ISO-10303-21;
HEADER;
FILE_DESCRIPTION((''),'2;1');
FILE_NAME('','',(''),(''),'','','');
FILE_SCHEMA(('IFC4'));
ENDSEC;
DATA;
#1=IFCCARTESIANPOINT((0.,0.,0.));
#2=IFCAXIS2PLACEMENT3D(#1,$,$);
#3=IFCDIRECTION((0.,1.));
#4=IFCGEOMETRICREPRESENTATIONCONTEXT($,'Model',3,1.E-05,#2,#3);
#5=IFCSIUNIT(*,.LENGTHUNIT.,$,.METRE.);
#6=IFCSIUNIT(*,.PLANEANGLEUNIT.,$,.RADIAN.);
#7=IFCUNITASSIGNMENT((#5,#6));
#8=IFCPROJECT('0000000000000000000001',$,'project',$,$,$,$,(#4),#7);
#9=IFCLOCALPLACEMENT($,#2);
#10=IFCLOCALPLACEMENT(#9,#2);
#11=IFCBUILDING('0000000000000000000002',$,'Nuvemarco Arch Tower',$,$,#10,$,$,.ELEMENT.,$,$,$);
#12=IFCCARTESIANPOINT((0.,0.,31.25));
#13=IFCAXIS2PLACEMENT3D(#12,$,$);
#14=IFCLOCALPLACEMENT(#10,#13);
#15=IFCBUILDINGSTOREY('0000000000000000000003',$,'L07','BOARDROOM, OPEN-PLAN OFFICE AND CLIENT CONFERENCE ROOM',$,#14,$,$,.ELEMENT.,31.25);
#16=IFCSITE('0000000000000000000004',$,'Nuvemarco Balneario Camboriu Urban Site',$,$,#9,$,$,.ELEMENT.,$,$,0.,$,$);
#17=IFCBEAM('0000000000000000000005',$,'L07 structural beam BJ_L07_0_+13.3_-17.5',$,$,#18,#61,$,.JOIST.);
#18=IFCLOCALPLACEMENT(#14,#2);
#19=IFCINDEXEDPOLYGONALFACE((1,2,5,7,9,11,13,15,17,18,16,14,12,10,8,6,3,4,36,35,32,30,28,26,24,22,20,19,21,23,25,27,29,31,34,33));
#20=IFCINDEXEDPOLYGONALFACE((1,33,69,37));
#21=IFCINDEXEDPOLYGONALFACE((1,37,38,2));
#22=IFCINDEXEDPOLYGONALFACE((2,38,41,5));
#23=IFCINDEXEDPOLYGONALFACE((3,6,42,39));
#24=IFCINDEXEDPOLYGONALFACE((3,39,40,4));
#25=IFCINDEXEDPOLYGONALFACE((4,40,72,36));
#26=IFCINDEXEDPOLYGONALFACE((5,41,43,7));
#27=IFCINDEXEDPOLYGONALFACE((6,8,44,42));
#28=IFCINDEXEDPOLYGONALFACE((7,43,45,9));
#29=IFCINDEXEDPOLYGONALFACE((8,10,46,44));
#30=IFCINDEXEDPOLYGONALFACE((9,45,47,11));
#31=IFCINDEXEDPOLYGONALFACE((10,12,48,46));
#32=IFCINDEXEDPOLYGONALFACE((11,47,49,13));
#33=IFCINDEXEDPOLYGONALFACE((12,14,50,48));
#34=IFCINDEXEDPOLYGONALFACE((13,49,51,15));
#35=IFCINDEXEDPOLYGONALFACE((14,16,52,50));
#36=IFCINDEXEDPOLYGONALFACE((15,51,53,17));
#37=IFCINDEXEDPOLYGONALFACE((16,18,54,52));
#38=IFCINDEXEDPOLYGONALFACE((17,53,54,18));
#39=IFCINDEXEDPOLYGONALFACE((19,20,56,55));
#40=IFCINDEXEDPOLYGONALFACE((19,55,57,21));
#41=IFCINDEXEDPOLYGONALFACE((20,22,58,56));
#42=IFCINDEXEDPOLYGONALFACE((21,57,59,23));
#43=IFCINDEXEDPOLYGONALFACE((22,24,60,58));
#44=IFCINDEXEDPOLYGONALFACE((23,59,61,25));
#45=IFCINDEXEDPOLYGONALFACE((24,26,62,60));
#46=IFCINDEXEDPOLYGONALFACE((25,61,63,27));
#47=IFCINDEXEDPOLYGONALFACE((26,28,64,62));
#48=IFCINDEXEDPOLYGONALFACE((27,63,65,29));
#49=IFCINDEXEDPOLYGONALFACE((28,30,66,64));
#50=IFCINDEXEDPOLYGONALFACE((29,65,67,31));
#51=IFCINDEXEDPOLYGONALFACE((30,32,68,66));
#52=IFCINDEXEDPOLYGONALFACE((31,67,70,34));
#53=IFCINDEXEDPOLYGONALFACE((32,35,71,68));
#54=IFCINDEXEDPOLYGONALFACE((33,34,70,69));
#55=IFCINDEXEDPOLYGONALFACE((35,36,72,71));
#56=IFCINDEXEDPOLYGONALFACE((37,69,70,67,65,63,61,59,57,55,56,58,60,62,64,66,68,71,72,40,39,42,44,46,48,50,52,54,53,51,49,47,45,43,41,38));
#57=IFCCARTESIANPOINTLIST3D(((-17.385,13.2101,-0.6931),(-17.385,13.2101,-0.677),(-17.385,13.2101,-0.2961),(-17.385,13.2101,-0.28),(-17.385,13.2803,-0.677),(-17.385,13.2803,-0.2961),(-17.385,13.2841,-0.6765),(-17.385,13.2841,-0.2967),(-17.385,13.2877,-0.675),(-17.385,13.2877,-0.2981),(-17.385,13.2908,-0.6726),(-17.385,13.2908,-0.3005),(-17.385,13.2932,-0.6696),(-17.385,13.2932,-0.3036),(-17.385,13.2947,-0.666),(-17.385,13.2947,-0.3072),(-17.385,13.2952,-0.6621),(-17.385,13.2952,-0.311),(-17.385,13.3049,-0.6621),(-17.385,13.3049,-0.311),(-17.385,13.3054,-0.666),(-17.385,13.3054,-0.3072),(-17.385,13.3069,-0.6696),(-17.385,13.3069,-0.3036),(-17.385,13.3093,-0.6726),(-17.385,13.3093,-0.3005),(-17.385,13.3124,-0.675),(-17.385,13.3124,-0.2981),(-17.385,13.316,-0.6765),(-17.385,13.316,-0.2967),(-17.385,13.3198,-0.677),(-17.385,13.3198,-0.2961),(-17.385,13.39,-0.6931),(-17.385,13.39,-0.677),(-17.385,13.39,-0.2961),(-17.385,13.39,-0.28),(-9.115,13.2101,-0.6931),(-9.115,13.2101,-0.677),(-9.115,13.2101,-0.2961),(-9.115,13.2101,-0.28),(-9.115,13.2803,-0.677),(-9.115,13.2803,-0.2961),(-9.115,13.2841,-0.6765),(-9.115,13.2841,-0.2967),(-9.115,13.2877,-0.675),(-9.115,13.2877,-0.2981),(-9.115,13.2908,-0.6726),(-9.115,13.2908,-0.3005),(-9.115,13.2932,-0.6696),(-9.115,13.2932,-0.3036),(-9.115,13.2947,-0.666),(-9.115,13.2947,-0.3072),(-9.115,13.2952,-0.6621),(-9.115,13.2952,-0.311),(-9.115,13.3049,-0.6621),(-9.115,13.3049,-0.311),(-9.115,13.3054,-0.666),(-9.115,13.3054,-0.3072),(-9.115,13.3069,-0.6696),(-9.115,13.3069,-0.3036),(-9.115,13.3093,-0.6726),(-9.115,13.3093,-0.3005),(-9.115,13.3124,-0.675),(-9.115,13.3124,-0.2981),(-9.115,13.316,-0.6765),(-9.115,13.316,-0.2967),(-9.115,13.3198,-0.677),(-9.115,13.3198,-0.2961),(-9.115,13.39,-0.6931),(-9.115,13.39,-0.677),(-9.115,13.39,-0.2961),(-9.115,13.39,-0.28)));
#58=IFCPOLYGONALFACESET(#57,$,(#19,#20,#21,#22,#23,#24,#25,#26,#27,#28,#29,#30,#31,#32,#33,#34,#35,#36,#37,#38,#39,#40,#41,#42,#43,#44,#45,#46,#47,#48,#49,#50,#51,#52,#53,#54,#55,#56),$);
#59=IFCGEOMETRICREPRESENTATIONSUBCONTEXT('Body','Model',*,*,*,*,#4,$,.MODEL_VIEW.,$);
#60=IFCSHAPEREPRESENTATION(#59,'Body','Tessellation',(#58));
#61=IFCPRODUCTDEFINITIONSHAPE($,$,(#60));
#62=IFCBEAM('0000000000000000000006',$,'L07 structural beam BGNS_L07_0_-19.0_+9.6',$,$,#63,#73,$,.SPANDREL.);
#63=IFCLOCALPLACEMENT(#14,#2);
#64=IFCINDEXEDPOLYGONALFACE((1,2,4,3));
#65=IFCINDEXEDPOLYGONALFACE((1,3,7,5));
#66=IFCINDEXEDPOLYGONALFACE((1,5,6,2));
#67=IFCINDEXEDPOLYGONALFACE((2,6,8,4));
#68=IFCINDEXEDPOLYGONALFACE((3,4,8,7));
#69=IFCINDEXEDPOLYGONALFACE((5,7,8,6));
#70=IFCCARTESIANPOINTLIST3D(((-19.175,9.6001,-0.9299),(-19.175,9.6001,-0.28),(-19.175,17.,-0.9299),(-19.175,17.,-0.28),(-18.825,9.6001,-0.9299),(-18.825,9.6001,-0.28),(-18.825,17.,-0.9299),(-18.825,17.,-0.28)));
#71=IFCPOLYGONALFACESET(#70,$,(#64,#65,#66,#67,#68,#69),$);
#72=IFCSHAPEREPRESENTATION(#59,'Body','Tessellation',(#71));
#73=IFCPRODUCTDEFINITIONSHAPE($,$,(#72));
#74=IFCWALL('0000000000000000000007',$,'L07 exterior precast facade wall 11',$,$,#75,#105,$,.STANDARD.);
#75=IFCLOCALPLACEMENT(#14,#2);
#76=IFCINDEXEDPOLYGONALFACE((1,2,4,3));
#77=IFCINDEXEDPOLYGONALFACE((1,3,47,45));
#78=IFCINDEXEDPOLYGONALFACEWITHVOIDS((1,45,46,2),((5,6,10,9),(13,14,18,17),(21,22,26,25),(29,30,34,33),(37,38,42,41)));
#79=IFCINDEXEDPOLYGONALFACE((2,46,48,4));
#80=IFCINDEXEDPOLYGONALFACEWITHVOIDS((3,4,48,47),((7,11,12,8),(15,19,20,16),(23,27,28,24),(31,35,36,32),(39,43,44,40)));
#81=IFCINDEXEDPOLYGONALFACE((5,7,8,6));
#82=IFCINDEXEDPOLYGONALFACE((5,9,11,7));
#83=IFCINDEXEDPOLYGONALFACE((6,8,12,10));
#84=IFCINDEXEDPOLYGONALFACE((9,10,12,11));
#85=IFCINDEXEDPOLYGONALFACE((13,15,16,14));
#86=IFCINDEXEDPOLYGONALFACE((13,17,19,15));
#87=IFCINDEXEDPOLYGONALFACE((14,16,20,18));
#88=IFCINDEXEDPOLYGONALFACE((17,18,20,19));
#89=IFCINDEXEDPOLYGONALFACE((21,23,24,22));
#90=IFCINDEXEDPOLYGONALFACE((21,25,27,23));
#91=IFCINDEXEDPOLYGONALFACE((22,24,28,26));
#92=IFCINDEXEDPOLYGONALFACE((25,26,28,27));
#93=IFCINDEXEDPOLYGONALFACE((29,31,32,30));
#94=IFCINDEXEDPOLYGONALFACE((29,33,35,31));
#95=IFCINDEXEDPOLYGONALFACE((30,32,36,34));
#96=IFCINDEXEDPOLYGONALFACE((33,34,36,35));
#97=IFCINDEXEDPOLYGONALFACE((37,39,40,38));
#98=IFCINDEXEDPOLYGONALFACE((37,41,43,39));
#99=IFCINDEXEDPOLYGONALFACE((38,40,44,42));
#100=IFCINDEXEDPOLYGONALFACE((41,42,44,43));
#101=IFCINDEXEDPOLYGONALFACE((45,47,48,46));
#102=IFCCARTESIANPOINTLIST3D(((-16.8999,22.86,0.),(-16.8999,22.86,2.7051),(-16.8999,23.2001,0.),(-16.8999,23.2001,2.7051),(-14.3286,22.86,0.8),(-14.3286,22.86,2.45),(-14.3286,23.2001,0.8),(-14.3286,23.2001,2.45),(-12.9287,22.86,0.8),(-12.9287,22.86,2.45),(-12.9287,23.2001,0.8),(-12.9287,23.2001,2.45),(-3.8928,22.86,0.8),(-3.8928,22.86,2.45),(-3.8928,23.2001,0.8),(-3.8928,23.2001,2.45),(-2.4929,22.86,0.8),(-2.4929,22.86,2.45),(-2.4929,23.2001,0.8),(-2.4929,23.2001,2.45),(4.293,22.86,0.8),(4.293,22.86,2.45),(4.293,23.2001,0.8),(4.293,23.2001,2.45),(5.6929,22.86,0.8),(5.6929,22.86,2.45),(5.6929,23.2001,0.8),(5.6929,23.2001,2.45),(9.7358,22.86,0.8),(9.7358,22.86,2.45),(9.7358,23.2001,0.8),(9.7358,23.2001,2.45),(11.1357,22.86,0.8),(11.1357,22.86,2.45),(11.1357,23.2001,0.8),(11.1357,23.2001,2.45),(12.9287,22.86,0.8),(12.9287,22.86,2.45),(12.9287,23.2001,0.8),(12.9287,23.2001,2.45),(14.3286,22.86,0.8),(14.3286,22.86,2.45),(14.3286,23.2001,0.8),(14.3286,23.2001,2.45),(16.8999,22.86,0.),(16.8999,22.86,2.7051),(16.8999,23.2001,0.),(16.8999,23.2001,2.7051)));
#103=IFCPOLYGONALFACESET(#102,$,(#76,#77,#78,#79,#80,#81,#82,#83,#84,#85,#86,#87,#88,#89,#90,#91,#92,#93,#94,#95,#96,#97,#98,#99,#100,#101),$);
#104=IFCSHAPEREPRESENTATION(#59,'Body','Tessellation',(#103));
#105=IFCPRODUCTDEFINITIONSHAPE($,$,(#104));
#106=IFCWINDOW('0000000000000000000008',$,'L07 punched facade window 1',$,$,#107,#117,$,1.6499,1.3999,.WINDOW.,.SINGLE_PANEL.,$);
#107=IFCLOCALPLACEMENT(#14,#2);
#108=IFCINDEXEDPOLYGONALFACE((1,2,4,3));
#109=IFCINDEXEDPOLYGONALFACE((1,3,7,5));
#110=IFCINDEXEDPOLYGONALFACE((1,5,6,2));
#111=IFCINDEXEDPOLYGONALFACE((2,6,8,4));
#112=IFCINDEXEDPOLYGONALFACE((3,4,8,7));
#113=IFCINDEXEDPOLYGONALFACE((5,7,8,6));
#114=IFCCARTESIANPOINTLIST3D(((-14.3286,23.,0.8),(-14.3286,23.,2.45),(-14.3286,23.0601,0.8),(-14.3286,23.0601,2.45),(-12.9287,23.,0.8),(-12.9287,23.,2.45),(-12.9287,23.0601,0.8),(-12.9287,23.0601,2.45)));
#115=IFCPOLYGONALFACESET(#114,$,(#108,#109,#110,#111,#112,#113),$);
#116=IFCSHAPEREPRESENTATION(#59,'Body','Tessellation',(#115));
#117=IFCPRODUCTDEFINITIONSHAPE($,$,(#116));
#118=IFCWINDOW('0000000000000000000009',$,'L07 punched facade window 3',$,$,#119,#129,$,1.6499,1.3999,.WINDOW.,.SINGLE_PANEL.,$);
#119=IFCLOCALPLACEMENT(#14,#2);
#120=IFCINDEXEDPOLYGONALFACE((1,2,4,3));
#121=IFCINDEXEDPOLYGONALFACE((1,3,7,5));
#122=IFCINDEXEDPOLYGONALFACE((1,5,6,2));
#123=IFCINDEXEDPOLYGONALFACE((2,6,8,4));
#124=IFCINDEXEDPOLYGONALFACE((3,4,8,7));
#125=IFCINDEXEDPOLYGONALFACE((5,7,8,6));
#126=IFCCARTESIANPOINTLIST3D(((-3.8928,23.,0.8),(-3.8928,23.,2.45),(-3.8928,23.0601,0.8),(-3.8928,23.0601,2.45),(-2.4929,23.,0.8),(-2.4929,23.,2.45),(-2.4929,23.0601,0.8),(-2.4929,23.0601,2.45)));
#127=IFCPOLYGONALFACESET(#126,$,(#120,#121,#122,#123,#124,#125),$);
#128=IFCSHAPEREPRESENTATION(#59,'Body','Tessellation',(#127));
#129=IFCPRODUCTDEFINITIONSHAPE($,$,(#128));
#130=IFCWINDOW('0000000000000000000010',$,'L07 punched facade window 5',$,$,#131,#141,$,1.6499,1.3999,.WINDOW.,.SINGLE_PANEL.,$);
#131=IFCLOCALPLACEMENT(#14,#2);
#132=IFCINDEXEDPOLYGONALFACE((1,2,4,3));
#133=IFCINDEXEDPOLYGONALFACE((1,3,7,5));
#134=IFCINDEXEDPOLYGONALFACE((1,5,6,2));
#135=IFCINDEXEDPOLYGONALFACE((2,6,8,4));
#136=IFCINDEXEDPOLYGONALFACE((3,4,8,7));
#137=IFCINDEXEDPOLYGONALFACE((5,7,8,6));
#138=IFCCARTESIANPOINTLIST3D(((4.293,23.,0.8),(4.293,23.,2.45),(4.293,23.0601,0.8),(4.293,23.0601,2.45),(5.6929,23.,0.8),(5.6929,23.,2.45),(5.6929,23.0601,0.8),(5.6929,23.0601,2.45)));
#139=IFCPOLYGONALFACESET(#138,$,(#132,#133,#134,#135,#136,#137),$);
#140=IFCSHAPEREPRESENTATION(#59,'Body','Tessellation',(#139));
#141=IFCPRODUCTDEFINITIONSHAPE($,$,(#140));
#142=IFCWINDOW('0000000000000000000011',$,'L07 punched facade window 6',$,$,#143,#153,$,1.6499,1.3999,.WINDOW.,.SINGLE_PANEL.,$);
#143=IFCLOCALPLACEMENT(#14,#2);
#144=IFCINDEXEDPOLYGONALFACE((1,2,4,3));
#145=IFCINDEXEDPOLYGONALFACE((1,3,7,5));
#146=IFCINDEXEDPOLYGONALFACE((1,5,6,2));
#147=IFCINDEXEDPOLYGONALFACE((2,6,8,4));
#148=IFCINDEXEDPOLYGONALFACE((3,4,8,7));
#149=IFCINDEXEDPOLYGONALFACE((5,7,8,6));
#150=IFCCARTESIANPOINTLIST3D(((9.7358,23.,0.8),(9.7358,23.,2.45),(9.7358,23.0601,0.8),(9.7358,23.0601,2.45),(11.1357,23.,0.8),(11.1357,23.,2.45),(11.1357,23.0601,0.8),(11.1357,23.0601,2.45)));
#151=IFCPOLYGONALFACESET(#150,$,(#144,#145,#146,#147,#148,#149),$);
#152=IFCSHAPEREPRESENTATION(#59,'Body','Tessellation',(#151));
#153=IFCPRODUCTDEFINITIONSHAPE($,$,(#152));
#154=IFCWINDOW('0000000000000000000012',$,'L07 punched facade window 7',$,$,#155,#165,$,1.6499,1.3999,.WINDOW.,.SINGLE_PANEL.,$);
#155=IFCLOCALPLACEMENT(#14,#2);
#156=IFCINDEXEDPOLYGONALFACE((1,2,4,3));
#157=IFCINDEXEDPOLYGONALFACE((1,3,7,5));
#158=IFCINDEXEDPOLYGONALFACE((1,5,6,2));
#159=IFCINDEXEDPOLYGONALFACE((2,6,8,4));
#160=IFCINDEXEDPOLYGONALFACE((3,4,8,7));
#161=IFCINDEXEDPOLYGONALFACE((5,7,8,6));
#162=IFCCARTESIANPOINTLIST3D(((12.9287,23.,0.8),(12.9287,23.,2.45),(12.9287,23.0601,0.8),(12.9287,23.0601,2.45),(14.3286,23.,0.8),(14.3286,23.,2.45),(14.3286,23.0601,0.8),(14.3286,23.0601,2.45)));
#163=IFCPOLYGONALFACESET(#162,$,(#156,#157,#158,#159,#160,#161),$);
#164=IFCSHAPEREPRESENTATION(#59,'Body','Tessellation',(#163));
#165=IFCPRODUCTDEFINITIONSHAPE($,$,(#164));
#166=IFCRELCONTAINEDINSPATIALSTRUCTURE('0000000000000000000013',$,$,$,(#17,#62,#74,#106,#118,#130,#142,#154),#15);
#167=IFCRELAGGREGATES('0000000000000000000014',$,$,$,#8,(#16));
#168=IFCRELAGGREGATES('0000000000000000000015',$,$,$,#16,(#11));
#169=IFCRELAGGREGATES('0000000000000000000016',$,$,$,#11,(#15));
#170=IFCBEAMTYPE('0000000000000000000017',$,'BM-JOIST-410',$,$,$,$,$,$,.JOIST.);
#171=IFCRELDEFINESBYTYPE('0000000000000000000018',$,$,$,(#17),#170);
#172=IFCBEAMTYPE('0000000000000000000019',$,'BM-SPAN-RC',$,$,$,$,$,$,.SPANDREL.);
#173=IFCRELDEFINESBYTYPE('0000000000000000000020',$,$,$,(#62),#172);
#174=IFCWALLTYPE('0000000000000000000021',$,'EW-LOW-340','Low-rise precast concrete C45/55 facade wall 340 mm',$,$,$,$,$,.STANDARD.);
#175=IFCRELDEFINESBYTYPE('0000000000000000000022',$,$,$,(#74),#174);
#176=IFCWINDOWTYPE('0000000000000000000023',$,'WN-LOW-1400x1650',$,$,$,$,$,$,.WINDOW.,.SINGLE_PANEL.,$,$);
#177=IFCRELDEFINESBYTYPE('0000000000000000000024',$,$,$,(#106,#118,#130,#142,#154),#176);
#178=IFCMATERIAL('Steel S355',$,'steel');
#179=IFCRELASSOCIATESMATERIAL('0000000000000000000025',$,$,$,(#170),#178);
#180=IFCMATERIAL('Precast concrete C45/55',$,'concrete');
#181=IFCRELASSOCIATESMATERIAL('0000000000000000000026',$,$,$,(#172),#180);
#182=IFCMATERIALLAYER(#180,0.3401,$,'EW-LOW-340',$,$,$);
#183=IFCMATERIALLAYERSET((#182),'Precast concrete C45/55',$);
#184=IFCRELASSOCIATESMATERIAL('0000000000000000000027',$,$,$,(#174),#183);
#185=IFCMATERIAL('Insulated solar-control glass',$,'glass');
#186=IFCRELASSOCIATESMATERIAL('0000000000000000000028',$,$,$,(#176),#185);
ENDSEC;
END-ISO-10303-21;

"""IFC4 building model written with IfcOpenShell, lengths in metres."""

from ifc_helpers import new_model, si_unit, direction, frame, frame_2d, origin, origin_2d, place, context, subcontext, project, spatial, rectangle, i_section, extrude, source, transform, mapped, material, layer, layer_set, material_profile, profile_set, type_object, type_shapes, element, fill, save


model = new_model("IFC4")

# Units and contexts
model_context = context("Model", 3, precision=1e-05, world=origin(), true_north=direction((0.0, 1.0)))
body_context = subcontext(model_context, "Body", "Model", "MODEL_VIEW")
ifc_project = project(units=[si_unit("LENGTHUNIT", "METRE"), si_unit("PLANEANGLEUNIT", "RADIAN")], contexts=[model_context])

# Site, building, storey
site_placement = place(None, origin())
site = spatial("IfcSite", under=ifc_project, at=site_placement, Name="Nuvemarco Balneario Camboriu Urban Site", CompositionType="ELEMENT", RefElevation=0.0)
building_placement = place(site_placement, origin())
building = spatial("IfcBuilding", under=site, at=building_placement, Name="Nuvemarco Arch Tower", CompositionType="ELEMENT")
storey_placement = place(building_placement, frame((0.0, 0.0, 31.25)))
storey = spatial("IfcBuildingStorey", under=building, at=storey_placement, Name="L07", Description="BOARDROOM, OPEN-PLAN OFFICE AND CLIENT CONFERENCE ROOM", CompositionType="ELEMENT", Elevation=31.25)

# Shared definitions
ifc_material_1 = material(Name="Steel S355", Category="steel")

# Beams
ifc_material_profile_1 = material_profile(ifc_material_1, i_section(OverallWidth=0.1799, OverallDepth=0.4131, WebThickness=0.0098, FlangeThickness=0.0161, FilletRadius=0.0149, at=origin_2d()), Name="W410x75")
ifc_profile_set_1 = profile_set([ifc_material_profile_1], Name="Steel S355")
beam_type_1 = type_object("IfcBeamType", Name="BM-JOIST-410", PredefinedType="JOIST", material=ifc_profile_set_1)
beam_1_placement = place(storey_placement, frame((-17.385, 13.3, -0.4866), z_axis=(1.0, 0.0, 0.0), x_axis=(0.0, 1.0, 0.0)))
element("IfcBeam", 1, at=beam_1_placement, inside=storey, type_object=beam_type_1, Name="L07 structural beam BJ_L07_0_+13.3_-17.5", PredefinedType="JOIST", context=body_context, shape_type="SweptSolid", body=[
    extrude(i_section(OverallWidth=0.1799, OverallDepth=0.4131, WebThickness=0.0098, FlangeThickness=0.0161, FilletRadius=0.0149, at=origin_2d()), origin(), (0.0, 0.0, 1.0), 8.27),
])
ifc_material_2 = material(Name="Precast concrete C45/55", Category="concrete")
ifc_material_profile_2 = material_profile(ifc_material_2, rectangle(XDim=0.3501, YDim=0.6499, at=origin_2d()), Name="PC-SP-350x650")
ifc_profile_set_2 = profile_set([ifc_material_profile_2], Name="Precast concrete C45/55")
beam_type_2 = type_object("IfcBeamType", Name="BM-SPAN-RC", PredefinedType="SPANDREL", material=ifc_profile_set_2)
beam_2_placement = place(storey_placement, frame((-19.0, 9.6001, -0.605), z_axis=(0.0, 1.0, 0.0), x_axis=(-1.0, 0.0, 0.0)))
element("IfcBeam", 2, at=beam_2_placement, inside=storey, type_object=beam_type_2, Name="L07 structural beam BGNS_L07_0_-19.0_+9.6", PredefinedType="SPANDREL", context=body_context, shape_type="SweptSolid", body=[
    extrude(rectangle(XDim=0.3501, YDim=0.6499, at=origin_2d()), origin(), (0.0, 0.0, 1.0), 7.3999),
])

# Wall, openings, windows
ifc_layer_1 = layer(ifc_material_2, 0.3401, Name="EW-LOW-340")
ifc_layer_set_1 = layer_set([ifc_layer_1], Name="Precast concrete C45/55")
wall_type_1 = type_object("IfcWallType", Name="EW-LOW-340", Description="Low-rise precast concrete C45/55 facade wall 340 mm", PredefinedType="STANDARD", material=ifc_layer_set_1)
wall_1_placement = place(storey_placement, frame((-16.8999, 23.03, 0.0), z_axis=(0.0, 0.0, 1.0), x_axis=(1.0, 0.0, 0.0)))
wall_1 = element("IfcWall", 3, at=wall_1_placement, inside=storey, type_object=wall_type_1, Name="L07 exterior precast facade wall 11", PredefinedType="STANDARD", context=body_context, shape_type="SweptSolid", body=[
    extrude(rectangle(XDim=33.7998, YDim=0.3401, at=frame_2d((16.8999, 0.0))), origin(), (0.0, 0.0, 1.0), 2.7051),
])
opening_1_placement = place(wall_1_placement, frame((2.5713, 0.0, 0.8)))
opening_1 = element("IfcOpeningElement", 4, at=opening_1_placement, cuts=wall_1, PredefinedType="OPENING", context=body_context, shape_type="SweptSolid", body=[
    extrude(rectangle(XDim=1.3999, YDim=1.6499, at=frame_2d((0.7, 0.825))), frame((0.0, 0.1799, 0.0), z_axis=(0.0, -1.0, 0.0), x_axis=(1.0, 0.0, 0.0)), (0.0, 0.0, 1.0), 0.3601),
])
opening_2_placement = place(wall_1_placement, frame((13.0071, 0.0, 0.8)))
opening_2 = element("IfcOpeningElement", 5, at=opening_2_placement, cuts=wall_1, PredefinedType="OPENING", context=body_context, shape_type="SweptSolid", body=[
    extrude(rectangle(XDim=1.3999, YDim=1.6499, at=frame_2d((0.7, 0.825))), frame((0.0, 0.1799, 0.0), z_axis=(0.0, -1.0, 0.0), x_axis=(1.0, 0.0, 0.0)), (0.0, 0.0, 1.0), 0.3601),
])
opening_3_placement = place(wall_1_placement, frame((21.1929, 0.0, 0.8)))
opening_3 = element("IfcOpeningElement", 6, at=opening_3_placement, cuts=wall_1, PredefinedType="OPENING", context=body_context, shape_type="SweptSolid", body=[
    extrude(rectangle(XDim=1.3999, YDim=1.6499, at=frame_2d((0.7, 0.825))), frame((0.0, 0.1799, 0.0), z_axis=(0.0, -1.0, 0.0), x_axis=(1.0, 0.0, 0.0)), (0.0, 0.0, 1.0), 0.3601),
])
opening_4_placement = place(wall_1_placement, frame((26.6357, 0.0, 0.8)))
opening_4 = element("IfcOpeningElement", 7, at=opening_4_placement, cuts=wall_1, PredefinedType="OPENING", context=body_context, shape_type="SweptSolid", body=[
    extrude(rectangle(XDim=1.3999, YDim=1.6499, at=frame_2d((0.7, 0.825))), frame((0.0, 0.1799, 0.0), z_axis=(0.0, -1.0, 0.0), x_axis=(1.0, 0.0, 0.0)), (0.0, 0.0, 1.0), 0.3601),
])
opening_5_placement = place(wall_1_placement, frame((29.8286, 0.0, 0.8)))
opening_5 = element("IfcOpeningElement", 8, at=opening_5_placement, cuts=wall_1, PredefinedType="OPENING", context=body_context, shape_type="SweptSolid", body=[
    extrude(rectangle(XDim=1.3999, YDim=1.6499, at=frame_2d((0.7, 0.825))), frame((0.0, 0.1799, 0.0), z_axis=(0.0, -1.0, 0.0), x_axis=(1.0, 0.0, 0.0)), (0.0, 0.0, 1.0), 0.3601),
])
ifc_material_3 = material(Name="Insulated solar-control glass", Category="glass")
window_type = type_object("IfcWindowType", Name="WN-LOW-1400x1650", PartitioningType="SINGLE_PANEL", PredefinedType="WINDOW", material=ifc_material_3)
shared_shape_1 = source(origin(), body_context, "Body", "SweptSolid", [
    extrude(rectangle(XDim=1.3999, YDim=1.6499, at=frame_2d((0.7, 0.825))), frame((0.0, 0.03, 0.0), z_axis=(0.0, -1.0, 0.0), x_axis=(1.0, 0.0, 0.0)), (0.0, 0.0, 1.0), 0.0601),
])
type_shapes(window_type, [shared_shape_1])
window_1_placement = place(opening_1_placement, origin())
window_1 = element("IfcWindow", 9, at=window_1_placement, inside=storey, type_object=window_type, Name="L07 punched facade window 1", OverallHeight=1.6499, OverallWidth=1.3999, PartitioningType="SINGLE_PANEL", PredefinedType="WINDOW", context=body_context, shape_type="MappedRepresentation", body=[
    mapped(shared_shape_1, transform((0.0, 0.0, 0.0), scale=1.0)),
])
fill(opening_1, window_1)
window_2_placement = place(opening_2_placement, origin())
window_2 = element("IfcWindow", 10, at=window_2_placement, inside=storey, type_object=window_type, Name="L07 punched facade window 3", OverallHeight=1.6499, OverallWidth=1.3999, PartitioningType="SINGLE_PANEL", PredefinedType="WINDOW", context=body_context, shape_type="MappedRepresentation", body=[
    mapped(shared_shape_1, transform((0.0, 0.0, 0.0), scale=1.0)),
])
fill(opening_2, window_2)
window_3_placement = place(opening_3_placement, origin())
window_3 = element("IfcWindow", 11, at=window_3_placement, inside=storey, type_object=window_type, Name="L07 punched facade window 5", OverallHeight=1.6499, OverallWidth=1.3999, PartitioningType="SINGLE_PANEL", PredefinedType="WINDOW", context=body_context, shape_type="MappedRepresentation", body=[
    mapped(shared_shape_1, transform((0.0, 0.0, 0.0), scale=1.0)),
])
fill(opening_3, window_3)
window_4_placement = place(opening_4_placement, origin())
window_4 = element("IfcWindow", 12, at=window_4_placement, inside=storey, type_object=window_type, Name="L07 punched facade window 6", OverallHeight=1.6499, OverallWidth=1.3999, PartitioningType="SINGLE_PANEL", PredefinedType="WINDOW", context=body_context, shape_type="MappedRepresentation", body=[
    mapped(shared_shape_1, transform((0.0, 0.0, 0.0), scale=1.0)),
])
fill(opening_4, window_4)
window_5_placement = place(opening_5_placement, origin())
window_5 = element("IfcWindow", 13, at=window_5_placement, inside=storey, type_object=window_type, Name="L07 punched facade window 7", OverallHeight=1.6499, OverallWidth=1.3999, PartitioningType="SINGLE_PANEL", PredefinedType="WINDOW", context=body_context, shape_type="MappedRepresentation", body=[
    mapped(shared_shape_1, transform((0.0, 0.0, 0.0), scale=1.0)),
])
fill(opening_5, window_5)

save(model, "model.ifc")
